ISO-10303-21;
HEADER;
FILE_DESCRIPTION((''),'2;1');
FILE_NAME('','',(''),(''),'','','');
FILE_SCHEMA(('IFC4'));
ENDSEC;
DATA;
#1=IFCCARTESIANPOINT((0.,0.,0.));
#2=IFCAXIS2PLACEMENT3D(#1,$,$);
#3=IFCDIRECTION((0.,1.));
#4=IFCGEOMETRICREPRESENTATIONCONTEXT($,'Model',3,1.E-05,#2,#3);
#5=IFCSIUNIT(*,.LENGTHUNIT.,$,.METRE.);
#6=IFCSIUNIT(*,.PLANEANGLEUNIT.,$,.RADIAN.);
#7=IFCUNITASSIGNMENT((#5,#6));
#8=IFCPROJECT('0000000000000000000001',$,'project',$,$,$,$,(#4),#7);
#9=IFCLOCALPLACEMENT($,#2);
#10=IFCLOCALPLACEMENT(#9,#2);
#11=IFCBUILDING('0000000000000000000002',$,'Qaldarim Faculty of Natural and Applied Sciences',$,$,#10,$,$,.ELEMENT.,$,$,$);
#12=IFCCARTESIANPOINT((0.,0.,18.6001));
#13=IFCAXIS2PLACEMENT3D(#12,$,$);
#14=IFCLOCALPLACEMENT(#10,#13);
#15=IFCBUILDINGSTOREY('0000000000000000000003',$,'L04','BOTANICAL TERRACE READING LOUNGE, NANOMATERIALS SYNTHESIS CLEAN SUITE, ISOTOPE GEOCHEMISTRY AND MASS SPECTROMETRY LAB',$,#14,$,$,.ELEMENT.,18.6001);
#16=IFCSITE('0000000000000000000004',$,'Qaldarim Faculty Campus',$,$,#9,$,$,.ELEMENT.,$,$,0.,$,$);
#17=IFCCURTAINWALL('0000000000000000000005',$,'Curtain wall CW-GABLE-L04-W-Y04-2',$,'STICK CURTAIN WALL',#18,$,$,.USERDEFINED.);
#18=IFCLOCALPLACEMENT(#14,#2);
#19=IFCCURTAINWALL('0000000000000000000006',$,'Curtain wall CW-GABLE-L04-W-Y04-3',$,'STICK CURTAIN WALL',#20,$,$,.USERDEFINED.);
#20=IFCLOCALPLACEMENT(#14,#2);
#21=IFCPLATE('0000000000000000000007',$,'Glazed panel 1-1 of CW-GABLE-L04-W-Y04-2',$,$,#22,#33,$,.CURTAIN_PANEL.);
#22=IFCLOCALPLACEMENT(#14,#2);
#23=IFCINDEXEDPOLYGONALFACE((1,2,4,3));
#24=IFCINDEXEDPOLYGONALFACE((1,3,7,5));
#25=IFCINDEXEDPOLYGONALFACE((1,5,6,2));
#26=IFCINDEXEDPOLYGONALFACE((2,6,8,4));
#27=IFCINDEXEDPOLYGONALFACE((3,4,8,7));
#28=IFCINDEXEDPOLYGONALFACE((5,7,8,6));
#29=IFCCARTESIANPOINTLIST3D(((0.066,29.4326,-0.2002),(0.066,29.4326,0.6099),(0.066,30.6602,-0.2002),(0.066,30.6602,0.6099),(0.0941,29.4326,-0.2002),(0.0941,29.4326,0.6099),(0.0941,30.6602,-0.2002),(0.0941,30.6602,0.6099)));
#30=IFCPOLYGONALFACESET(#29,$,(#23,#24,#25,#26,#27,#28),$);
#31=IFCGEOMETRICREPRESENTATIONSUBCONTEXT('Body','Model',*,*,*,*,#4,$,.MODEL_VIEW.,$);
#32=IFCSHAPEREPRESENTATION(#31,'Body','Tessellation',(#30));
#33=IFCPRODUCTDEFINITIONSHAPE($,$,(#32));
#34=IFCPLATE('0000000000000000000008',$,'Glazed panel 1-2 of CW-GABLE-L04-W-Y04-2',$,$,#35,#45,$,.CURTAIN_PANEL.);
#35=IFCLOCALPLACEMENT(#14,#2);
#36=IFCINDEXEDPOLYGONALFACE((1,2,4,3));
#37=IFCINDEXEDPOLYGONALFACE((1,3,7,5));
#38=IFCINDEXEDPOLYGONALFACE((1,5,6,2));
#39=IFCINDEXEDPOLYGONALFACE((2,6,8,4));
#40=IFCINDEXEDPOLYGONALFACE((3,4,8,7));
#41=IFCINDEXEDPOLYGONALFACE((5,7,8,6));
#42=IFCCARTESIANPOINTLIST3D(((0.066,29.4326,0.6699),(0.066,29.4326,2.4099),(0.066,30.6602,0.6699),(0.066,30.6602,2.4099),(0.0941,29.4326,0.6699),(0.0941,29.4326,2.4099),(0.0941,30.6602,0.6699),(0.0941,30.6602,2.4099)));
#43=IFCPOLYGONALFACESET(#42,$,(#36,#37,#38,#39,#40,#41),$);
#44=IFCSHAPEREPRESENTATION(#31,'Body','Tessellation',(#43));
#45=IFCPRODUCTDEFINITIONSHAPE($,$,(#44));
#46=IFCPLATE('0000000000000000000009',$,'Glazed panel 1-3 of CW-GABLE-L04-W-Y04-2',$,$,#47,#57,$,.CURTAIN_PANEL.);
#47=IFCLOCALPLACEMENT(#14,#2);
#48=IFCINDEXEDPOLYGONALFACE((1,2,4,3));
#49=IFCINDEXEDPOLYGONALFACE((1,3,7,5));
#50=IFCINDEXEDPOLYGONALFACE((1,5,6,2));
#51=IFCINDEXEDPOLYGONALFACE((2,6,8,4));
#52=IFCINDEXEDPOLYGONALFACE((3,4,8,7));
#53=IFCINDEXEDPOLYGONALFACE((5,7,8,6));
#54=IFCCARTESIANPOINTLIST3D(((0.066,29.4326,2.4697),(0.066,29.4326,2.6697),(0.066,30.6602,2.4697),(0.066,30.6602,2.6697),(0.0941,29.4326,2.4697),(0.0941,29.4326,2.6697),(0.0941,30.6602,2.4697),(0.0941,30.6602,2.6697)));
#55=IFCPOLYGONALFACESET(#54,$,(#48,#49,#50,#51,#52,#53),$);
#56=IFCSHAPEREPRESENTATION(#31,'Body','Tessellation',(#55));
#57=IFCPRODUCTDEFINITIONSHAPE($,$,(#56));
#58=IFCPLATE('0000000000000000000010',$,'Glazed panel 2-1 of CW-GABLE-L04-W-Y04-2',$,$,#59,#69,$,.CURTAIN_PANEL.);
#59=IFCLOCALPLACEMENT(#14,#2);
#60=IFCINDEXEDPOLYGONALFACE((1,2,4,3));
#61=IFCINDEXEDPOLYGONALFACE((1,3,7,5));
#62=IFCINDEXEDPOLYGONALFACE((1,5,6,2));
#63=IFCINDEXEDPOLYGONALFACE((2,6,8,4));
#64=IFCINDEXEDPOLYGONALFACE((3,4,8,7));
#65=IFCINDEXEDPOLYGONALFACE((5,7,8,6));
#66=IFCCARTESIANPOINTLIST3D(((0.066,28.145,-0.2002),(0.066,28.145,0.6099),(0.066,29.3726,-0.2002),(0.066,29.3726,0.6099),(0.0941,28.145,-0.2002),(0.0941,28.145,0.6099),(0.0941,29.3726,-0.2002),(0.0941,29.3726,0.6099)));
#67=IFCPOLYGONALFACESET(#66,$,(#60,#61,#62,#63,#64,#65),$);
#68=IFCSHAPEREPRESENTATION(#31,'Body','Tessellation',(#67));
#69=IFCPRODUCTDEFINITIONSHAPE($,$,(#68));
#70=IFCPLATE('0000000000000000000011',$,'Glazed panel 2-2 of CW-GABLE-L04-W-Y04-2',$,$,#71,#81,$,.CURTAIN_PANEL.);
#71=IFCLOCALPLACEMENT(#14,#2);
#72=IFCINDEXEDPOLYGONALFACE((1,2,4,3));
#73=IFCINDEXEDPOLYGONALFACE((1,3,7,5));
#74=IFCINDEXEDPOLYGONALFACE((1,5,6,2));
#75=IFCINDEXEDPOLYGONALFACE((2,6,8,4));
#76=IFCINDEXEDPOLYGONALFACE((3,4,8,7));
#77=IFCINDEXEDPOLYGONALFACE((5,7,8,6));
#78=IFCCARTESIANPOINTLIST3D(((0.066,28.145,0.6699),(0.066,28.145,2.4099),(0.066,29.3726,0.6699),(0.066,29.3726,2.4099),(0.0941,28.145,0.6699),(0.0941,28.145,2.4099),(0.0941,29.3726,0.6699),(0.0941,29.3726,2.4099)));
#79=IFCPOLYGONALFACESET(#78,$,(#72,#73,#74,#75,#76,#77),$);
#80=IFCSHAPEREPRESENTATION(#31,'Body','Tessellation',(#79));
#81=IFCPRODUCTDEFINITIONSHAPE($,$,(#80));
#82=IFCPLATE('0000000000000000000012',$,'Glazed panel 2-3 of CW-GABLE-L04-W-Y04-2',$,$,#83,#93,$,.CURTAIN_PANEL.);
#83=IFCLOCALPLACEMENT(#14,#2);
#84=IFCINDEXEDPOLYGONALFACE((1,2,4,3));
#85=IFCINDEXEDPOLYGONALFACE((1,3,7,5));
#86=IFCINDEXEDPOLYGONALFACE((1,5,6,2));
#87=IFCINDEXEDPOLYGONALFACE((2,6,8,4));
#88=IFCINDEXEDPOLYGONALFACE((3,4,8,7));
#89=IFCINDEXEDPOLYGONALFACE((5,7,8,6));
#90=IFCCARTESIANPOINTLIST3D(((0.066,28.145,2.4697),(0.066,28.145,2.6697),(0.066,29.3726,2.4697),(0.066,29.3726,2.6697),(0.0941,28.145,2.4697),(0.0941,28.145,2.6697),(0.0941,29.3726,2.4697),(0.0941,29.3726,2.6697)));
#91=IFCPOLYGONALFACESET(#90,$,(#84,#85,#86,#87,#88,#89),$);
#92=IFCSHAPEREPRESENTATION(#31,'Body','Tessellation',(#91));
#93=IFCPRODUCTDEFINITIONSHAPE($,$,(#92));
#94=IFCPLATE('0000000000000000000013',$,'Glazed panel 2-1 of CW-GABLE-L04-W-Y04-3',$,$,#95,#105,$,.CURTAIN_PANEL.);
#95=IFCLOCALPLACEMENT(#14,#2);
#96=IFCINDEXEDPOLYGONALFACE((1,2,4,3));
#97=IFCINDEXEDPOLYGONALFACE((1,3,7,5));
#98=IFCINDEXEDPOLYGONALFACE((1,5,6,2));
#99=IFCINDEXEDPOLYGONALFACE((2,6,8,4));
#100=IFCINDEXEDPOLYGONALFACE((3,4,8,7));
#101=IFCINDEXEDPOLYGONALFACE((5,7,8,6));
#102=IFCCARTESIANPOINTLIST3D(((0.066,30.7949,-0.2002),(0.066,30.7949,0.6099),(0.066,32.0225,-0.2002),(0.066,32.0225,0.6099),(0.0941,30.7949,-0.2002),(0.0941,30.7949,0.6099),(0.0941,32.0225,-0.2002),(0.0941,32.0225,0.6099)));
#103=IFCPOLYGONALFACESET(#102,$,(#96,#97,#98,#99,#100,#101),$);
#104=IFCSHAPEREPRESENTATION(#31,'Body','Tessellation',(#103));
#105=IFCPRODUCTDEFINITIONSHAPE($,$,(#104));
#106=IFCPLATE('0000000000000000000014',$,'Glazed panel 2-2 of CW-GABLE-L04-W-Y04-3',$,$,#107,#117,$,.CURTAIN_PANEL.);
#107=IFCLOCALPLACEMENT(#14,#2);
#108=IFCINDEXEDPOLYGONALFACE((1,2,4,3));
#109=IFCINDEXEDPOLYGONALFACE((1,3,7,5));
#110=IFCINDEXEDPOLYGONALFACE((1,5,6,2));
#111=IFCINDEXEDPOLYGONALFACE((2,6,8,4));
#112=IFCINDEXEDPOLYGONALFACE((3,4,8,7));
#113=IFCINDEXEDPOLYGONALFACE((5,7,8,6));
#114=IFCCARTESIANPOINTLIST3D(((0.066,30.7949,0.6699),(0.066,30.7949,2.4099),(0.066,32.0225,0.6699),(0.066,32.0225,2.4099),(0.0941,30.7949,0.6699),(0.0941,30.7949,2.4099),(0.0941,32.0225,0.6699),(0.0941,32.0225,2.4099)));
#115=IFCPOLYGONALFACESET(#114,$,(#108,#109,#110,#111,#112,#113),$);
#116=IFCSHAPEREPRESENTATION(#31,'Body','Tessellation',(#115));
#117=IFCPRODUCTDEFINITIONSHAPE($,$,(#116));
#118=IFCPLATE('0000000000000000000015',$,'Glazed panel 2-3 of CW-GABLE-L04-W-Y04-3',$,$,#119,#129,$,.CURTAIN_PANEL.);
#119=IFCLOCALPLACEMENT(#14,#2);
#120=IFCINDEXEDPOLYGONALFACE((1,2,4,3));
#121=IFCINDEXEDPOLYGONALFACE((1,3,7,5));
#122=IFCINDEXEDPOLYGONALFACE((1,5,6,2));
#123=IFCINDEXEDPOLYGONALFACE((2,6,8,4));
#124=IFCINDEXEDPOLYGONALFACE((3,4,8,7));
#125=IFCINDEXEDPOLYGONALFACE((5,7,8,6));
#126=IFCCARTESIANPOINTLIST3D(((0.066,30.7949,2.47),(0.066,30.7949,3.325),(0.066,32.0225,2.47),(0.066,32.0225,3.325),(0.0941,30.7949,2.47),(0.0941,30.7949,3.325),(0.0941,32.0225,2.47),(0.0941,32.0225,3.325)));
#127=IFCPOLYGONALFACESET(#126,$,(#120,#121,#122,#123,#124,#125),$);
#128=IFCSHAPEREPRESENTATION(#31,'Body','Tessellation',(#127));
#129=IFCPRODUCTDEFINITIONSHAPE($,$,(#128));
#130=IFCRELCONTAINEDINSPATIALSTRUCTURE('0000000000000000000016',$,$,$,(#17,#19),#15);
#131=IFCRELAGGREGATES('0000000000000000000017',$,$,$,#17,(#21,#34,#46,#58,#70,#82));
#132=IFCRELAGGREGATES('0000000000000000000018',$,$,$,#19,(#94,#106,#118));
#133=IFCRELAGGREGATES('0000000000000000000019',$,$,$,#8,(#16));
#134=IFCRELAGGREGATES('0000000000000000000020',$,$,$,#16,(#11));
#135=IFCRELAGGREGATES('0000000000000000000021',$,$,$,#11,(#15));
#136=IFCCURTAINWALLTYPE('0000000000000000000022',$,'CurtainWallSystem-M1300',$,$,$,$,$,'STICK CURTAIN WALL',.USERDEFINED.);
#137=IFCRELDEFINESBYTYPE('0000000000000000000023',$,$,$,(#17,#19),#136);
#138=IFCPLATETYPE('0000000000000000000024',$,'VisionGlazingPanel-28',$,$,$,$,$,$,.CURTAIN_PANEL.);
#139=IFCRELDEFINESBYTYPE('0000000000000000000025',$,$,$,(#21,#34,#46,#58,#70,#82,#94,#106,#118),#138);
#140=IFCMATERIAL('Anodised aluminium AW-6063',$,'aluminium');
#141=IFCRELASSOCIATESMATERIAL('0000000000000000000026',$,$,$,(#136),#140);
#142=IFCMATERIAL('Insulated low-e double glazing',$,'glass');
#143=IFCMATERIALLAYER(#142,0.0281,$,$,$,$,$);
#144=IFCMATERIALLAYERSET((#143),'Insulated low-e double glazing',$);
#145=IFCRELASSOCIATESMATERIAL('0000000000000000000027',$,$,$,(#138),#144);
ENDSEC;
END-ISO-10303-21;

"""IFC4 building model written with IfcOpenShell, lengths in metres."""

from ifc_helpers import new_model, si_unit, direction, frame, origin, origin_2d, place, context, subcontext, project, spatial, rectangle, extrude, material, layer, layer_set, type_object, element, aggregate, save


model = new_model("IFC4")

# Units and contexts
model_context = context("Model", 3, precision=1e-05, world=origin(), true_north=direction((0.0, 1.0)))
body_context = subcontext(model_context, "Body", "Model", "MODEL_VIEW")
ifc_project = project(units=[si_unit("LENGTHUNIT", "METRE"), si_unit("PLANEANGLEUNIT", "RADIAN")], contexts=[model_context])

# Site, building, storey
site_placement = place(None, origin())
site = spatial("IfcSite", under=ifc_project, at=site_placement, Name="Qaldarim Faculty Campus", CompositionType="ELEMENT", RefElevation=0.0)
building_placement = place(site_placement, origin())
building = spatial("IfcBuilding", under=site, at=building_placement, Name="Qaldarim Faculty of Natural and Applied Sciences", CompositionType="ELEMENT")
storey_placement = place(building_placement, frame((0.0, 0.0, 18.6001)))
storey = spatial("IfcBuildingStorey", under=building, at=storey_placement, Name="L04", Description="BOTANICAL TERRACE READING LOUNGE, NANOMATERIALS SYNTHESIS CLEAN SUITE, ISOTOPE GEOCHEMISTRY AND MASS SPECTROMETRY LAB", CompositionType="ELEMENT", Elevation=18.6001)

# Curtain wall
ifc_material_1 = material(Name="Anodised aluminium AW-6063", Category="aluminium")
curtain_wall_type = type_object("IfcCurtainWallType", Name="CurtainWallSystem-M1300", ElementType="STICK CURTAIN WALL", PredefinedType="USERDEFINED", material=ifc_material_1)
curtain_wall_1_placement = place(storey_placement, origin())
curtain_wall_1 = element("IfcCurtainWall", 1, at=curtain_wall_1_placement, inside=storey, type_object=curtain_wall_type, Name="Curtain wall CW-GABLE-L04-W-Y04-2", ObjectType="STICK CURTAIN WALL", PredefinedType="USERDEFINED")

# Curtain wall
curtain_wall_2_placement = place(storey_placement, origin())
curtain_wall_2 = element("IfcCurtainWall", 2, at=curtain_wall_2_placement, inside=storey, type_object=curtain_wall_type, Name="Curtain wall CW-GABLE-L04-W-Y04-3", ObjectType="STICK CURTAIN WALL", PredefinedType="USERDEFINED")

# Plates
ifc_material_2 = material(Name="Insulated low-e double glazing", Category="glass")
ifc_layer_1 = layer(ifc_material_2, 0.0281)
ifc_layer_set_1 = layer_set([ifc_layer_1], Name="Insulated low-e double glazing")
plate_type = type_object("IfcPlateType", Name="VisionGlazingPanel-28", PredefinedType="CURTAIN_PANEL", material=ifc_layer_set_1)
plate_1_placement = place(storey_placement, frame((0.0801, 30.0464, -0.2002), z_axis=(0.0, 0.0, 1.0), x_axis=(0.0, -1.0, 0.0)))
plate_1 = element("IfcPlate", 3, at=plate_1_placement, type_object=plate_type, Name="Glazed panel 1-1 of CW-GABLE-L04-W-Y04-2", PredefinedType="CURTAIN_PANEL", context=body_context, shape_type="SweptSolid", body=[
    extrude(rectangle(XDim=1.2275, YDim=0.0281, at=origin_2d()), origin(), (0.0, 0.0, 1.0), 0.8101),
])
plate_2_placement = place(storey_placement, frame((0.0801, 30.0464, 0.6699), z_axis=(0.0, 0.0, 1.0), x_axis=(0.0, -1.0, 0.0)))
plate_2 = element("IfcPlate", 4, at=plate_2_placement, type_object=plate_type, Name="Glazed panel 1-2 of CW-GABLE-L04-W-Y04-2", PredefinedType="CURTAIN_PANEL", context=body_context, shape_type="SweptSolid", body=[
    extrude(rectangle(XDim=1.2275, YDim=0.0281, at=origin_2d()), origin(), (0.0, 0.0, 1.0), 1.74),
])
plate_3_placement = place(storey_placement, frame((0.0801, 30.0464, 2.4697), z_axis=(0.0, 0.0, 1.0), x_axis=(0.0, -1.0, 0.0)))
plate_3 = element("IfcPlate", 5, at=plate_3_placement, type_object=plate_type, Name="Glazed panel 1-3 of CW-GABLE-L04-W-Y04-2", PredefinedType="CURTAIN_PANEL", context=body_context, shape_type="SweptSolid", body=[
    extrude(rectangle(XDim=1.2275, YDim=0.0281, at=origin_2d()), origin(), (0.0, 0.0, 1.0), 0.2),
])
plate_4_placement = place(storey_placement, frame((0.0801, 28.7588, -0.2002), z_axis=(0.0, 0.0, 1.0), x_axis=(0.0, -1.0, 0.0)))
plate_4 = element("IfcPlate", 6, at=plate_4_placement, type_object=plate_type, Name="Glazed panel 2-1 of CW-GABLE-L04-W-Y04-2", PredefinedType="CURTAIN_PANEL", context=body_context, shape_type="SweptSolid", body=[
    extrude(rectangle(XDim=1.2275, YDim=0.0281, at=origin_2d()), origin(), (0.0, 0.0, 1.0), 0.8101),
])
plate_5_placement = place(storey_placement, frame((0.0801, 28.7588, 0.6699), z_axis=(0.0, 0.0, 1.0), x_axis=(0.0, -1.0, 0.0)))
plate_5 = element("IfcPlate", 7, at=plate_5_placement, type_object=plate_type, Name="Glazed panel 2-2 of CW-GABLE-L04-W-Y04-2", PredefinedType="CURTAIN_PANEL", context=body_context, shape_type="SweptSolid", body=[
    extrude(rectangle(XDim=1.2275, YDim=0.0281, at=origin_2d()), origin(), (0.0, 0.0, 1.0), 1.74),
])
plate_6_placement = place(storey_placement, frame((0.0801, 28.7588, 2.4697), z_axis=(0.0, 0.0, 1.0), x_axis=(0.0, -1.0, 0.0)))
plate_6 = element("IfcPlate", 8, at=plate_6_placement, type_object=plate_type, Name="Glazed panel 2-3 of CW-GABLE-L04-W-Y04-2", PredefinedType="CURTAIN_PANEL", context=body_context, shape_type="SweptSolid", body=[
    extrude(rectangle(XDim=1.2275, YDim=0.0281, at=origin_2d()), origin(), (0.0, 0.0, 1.0), 0.2),
])
aggregate(curtain_wall_1, [plate_1, plate_2, plate_3, plate_4, plate_5, plate_6])
plate_7_placement = place(storey_placement, frame((0.0801, 31.4087, -0.2002), z_axis=(0.0, 0.0, 1.0), x_axis=(0.0, -1.0, 0.0)))
plate_7 = element("IfcPlate", 9, at=plate_7_placement, type_object=plate_type, Name="Glazed panel 2-1 of CW-GABLE-L04-W-Y04-3", PredefinedType="CURTAIN_PANEL", context=body_context, shape_type="SweptSolid", body=[
    extrude(rectangle(XDim=1.2275, YDim=0.0281, at=origin_2d()), origin(), (0.0, 0.0, 1.0), 0.8101),
])
plate_8_placement = place(storey_placement, frame((0.0801, 31.4087, 0.6699), z_axis=(0.0, 0.0, 1.0), x_axis=(0.0, -1.0, 0.0)))
plate_8 = element("IfcPlate", 10, at=plate_8_placement, type_object=plate_type, Name="Glazed panel 2-2 of CW-GABLE-L04-W-Y04-3", PredefinedType="CURTAIN_PANEL", context=body_context, shape_type="SweptSolid", body=[
    extrude(rectangle(XDim=1.2275, YDim=0.0281, at=origin_2d()), origin(), (0.0, 0.0, 1.0), 1.74),
])
plate_9_placement = place(storey_placement, frame((0.0801, 31.4087, 2.47), z_axis=(0.0, 0.0, 1.0), x_axis=(0.0, -1.0, 0.0)))
plate_9 = element("IfcPlate", 11, at=plate_9_placement, type_object=plate_type, Name="Glazed panel 2-3 of CW-GABLE-L04-W-Y04-3", PredefinedType="CURTAIN_PANEL", context=body_context, shape_type="SweptSolid", body=[
    extrude(rectangle(XDim=1.2275, YDim=0.0281, at=origin_2d()), origin(), (0.0, 0.0, 1.0), 0.855),
])
aggregate(curtain_wall_2, [plate_7, plate_8, plate_9])

save(model, "model.ifc")
